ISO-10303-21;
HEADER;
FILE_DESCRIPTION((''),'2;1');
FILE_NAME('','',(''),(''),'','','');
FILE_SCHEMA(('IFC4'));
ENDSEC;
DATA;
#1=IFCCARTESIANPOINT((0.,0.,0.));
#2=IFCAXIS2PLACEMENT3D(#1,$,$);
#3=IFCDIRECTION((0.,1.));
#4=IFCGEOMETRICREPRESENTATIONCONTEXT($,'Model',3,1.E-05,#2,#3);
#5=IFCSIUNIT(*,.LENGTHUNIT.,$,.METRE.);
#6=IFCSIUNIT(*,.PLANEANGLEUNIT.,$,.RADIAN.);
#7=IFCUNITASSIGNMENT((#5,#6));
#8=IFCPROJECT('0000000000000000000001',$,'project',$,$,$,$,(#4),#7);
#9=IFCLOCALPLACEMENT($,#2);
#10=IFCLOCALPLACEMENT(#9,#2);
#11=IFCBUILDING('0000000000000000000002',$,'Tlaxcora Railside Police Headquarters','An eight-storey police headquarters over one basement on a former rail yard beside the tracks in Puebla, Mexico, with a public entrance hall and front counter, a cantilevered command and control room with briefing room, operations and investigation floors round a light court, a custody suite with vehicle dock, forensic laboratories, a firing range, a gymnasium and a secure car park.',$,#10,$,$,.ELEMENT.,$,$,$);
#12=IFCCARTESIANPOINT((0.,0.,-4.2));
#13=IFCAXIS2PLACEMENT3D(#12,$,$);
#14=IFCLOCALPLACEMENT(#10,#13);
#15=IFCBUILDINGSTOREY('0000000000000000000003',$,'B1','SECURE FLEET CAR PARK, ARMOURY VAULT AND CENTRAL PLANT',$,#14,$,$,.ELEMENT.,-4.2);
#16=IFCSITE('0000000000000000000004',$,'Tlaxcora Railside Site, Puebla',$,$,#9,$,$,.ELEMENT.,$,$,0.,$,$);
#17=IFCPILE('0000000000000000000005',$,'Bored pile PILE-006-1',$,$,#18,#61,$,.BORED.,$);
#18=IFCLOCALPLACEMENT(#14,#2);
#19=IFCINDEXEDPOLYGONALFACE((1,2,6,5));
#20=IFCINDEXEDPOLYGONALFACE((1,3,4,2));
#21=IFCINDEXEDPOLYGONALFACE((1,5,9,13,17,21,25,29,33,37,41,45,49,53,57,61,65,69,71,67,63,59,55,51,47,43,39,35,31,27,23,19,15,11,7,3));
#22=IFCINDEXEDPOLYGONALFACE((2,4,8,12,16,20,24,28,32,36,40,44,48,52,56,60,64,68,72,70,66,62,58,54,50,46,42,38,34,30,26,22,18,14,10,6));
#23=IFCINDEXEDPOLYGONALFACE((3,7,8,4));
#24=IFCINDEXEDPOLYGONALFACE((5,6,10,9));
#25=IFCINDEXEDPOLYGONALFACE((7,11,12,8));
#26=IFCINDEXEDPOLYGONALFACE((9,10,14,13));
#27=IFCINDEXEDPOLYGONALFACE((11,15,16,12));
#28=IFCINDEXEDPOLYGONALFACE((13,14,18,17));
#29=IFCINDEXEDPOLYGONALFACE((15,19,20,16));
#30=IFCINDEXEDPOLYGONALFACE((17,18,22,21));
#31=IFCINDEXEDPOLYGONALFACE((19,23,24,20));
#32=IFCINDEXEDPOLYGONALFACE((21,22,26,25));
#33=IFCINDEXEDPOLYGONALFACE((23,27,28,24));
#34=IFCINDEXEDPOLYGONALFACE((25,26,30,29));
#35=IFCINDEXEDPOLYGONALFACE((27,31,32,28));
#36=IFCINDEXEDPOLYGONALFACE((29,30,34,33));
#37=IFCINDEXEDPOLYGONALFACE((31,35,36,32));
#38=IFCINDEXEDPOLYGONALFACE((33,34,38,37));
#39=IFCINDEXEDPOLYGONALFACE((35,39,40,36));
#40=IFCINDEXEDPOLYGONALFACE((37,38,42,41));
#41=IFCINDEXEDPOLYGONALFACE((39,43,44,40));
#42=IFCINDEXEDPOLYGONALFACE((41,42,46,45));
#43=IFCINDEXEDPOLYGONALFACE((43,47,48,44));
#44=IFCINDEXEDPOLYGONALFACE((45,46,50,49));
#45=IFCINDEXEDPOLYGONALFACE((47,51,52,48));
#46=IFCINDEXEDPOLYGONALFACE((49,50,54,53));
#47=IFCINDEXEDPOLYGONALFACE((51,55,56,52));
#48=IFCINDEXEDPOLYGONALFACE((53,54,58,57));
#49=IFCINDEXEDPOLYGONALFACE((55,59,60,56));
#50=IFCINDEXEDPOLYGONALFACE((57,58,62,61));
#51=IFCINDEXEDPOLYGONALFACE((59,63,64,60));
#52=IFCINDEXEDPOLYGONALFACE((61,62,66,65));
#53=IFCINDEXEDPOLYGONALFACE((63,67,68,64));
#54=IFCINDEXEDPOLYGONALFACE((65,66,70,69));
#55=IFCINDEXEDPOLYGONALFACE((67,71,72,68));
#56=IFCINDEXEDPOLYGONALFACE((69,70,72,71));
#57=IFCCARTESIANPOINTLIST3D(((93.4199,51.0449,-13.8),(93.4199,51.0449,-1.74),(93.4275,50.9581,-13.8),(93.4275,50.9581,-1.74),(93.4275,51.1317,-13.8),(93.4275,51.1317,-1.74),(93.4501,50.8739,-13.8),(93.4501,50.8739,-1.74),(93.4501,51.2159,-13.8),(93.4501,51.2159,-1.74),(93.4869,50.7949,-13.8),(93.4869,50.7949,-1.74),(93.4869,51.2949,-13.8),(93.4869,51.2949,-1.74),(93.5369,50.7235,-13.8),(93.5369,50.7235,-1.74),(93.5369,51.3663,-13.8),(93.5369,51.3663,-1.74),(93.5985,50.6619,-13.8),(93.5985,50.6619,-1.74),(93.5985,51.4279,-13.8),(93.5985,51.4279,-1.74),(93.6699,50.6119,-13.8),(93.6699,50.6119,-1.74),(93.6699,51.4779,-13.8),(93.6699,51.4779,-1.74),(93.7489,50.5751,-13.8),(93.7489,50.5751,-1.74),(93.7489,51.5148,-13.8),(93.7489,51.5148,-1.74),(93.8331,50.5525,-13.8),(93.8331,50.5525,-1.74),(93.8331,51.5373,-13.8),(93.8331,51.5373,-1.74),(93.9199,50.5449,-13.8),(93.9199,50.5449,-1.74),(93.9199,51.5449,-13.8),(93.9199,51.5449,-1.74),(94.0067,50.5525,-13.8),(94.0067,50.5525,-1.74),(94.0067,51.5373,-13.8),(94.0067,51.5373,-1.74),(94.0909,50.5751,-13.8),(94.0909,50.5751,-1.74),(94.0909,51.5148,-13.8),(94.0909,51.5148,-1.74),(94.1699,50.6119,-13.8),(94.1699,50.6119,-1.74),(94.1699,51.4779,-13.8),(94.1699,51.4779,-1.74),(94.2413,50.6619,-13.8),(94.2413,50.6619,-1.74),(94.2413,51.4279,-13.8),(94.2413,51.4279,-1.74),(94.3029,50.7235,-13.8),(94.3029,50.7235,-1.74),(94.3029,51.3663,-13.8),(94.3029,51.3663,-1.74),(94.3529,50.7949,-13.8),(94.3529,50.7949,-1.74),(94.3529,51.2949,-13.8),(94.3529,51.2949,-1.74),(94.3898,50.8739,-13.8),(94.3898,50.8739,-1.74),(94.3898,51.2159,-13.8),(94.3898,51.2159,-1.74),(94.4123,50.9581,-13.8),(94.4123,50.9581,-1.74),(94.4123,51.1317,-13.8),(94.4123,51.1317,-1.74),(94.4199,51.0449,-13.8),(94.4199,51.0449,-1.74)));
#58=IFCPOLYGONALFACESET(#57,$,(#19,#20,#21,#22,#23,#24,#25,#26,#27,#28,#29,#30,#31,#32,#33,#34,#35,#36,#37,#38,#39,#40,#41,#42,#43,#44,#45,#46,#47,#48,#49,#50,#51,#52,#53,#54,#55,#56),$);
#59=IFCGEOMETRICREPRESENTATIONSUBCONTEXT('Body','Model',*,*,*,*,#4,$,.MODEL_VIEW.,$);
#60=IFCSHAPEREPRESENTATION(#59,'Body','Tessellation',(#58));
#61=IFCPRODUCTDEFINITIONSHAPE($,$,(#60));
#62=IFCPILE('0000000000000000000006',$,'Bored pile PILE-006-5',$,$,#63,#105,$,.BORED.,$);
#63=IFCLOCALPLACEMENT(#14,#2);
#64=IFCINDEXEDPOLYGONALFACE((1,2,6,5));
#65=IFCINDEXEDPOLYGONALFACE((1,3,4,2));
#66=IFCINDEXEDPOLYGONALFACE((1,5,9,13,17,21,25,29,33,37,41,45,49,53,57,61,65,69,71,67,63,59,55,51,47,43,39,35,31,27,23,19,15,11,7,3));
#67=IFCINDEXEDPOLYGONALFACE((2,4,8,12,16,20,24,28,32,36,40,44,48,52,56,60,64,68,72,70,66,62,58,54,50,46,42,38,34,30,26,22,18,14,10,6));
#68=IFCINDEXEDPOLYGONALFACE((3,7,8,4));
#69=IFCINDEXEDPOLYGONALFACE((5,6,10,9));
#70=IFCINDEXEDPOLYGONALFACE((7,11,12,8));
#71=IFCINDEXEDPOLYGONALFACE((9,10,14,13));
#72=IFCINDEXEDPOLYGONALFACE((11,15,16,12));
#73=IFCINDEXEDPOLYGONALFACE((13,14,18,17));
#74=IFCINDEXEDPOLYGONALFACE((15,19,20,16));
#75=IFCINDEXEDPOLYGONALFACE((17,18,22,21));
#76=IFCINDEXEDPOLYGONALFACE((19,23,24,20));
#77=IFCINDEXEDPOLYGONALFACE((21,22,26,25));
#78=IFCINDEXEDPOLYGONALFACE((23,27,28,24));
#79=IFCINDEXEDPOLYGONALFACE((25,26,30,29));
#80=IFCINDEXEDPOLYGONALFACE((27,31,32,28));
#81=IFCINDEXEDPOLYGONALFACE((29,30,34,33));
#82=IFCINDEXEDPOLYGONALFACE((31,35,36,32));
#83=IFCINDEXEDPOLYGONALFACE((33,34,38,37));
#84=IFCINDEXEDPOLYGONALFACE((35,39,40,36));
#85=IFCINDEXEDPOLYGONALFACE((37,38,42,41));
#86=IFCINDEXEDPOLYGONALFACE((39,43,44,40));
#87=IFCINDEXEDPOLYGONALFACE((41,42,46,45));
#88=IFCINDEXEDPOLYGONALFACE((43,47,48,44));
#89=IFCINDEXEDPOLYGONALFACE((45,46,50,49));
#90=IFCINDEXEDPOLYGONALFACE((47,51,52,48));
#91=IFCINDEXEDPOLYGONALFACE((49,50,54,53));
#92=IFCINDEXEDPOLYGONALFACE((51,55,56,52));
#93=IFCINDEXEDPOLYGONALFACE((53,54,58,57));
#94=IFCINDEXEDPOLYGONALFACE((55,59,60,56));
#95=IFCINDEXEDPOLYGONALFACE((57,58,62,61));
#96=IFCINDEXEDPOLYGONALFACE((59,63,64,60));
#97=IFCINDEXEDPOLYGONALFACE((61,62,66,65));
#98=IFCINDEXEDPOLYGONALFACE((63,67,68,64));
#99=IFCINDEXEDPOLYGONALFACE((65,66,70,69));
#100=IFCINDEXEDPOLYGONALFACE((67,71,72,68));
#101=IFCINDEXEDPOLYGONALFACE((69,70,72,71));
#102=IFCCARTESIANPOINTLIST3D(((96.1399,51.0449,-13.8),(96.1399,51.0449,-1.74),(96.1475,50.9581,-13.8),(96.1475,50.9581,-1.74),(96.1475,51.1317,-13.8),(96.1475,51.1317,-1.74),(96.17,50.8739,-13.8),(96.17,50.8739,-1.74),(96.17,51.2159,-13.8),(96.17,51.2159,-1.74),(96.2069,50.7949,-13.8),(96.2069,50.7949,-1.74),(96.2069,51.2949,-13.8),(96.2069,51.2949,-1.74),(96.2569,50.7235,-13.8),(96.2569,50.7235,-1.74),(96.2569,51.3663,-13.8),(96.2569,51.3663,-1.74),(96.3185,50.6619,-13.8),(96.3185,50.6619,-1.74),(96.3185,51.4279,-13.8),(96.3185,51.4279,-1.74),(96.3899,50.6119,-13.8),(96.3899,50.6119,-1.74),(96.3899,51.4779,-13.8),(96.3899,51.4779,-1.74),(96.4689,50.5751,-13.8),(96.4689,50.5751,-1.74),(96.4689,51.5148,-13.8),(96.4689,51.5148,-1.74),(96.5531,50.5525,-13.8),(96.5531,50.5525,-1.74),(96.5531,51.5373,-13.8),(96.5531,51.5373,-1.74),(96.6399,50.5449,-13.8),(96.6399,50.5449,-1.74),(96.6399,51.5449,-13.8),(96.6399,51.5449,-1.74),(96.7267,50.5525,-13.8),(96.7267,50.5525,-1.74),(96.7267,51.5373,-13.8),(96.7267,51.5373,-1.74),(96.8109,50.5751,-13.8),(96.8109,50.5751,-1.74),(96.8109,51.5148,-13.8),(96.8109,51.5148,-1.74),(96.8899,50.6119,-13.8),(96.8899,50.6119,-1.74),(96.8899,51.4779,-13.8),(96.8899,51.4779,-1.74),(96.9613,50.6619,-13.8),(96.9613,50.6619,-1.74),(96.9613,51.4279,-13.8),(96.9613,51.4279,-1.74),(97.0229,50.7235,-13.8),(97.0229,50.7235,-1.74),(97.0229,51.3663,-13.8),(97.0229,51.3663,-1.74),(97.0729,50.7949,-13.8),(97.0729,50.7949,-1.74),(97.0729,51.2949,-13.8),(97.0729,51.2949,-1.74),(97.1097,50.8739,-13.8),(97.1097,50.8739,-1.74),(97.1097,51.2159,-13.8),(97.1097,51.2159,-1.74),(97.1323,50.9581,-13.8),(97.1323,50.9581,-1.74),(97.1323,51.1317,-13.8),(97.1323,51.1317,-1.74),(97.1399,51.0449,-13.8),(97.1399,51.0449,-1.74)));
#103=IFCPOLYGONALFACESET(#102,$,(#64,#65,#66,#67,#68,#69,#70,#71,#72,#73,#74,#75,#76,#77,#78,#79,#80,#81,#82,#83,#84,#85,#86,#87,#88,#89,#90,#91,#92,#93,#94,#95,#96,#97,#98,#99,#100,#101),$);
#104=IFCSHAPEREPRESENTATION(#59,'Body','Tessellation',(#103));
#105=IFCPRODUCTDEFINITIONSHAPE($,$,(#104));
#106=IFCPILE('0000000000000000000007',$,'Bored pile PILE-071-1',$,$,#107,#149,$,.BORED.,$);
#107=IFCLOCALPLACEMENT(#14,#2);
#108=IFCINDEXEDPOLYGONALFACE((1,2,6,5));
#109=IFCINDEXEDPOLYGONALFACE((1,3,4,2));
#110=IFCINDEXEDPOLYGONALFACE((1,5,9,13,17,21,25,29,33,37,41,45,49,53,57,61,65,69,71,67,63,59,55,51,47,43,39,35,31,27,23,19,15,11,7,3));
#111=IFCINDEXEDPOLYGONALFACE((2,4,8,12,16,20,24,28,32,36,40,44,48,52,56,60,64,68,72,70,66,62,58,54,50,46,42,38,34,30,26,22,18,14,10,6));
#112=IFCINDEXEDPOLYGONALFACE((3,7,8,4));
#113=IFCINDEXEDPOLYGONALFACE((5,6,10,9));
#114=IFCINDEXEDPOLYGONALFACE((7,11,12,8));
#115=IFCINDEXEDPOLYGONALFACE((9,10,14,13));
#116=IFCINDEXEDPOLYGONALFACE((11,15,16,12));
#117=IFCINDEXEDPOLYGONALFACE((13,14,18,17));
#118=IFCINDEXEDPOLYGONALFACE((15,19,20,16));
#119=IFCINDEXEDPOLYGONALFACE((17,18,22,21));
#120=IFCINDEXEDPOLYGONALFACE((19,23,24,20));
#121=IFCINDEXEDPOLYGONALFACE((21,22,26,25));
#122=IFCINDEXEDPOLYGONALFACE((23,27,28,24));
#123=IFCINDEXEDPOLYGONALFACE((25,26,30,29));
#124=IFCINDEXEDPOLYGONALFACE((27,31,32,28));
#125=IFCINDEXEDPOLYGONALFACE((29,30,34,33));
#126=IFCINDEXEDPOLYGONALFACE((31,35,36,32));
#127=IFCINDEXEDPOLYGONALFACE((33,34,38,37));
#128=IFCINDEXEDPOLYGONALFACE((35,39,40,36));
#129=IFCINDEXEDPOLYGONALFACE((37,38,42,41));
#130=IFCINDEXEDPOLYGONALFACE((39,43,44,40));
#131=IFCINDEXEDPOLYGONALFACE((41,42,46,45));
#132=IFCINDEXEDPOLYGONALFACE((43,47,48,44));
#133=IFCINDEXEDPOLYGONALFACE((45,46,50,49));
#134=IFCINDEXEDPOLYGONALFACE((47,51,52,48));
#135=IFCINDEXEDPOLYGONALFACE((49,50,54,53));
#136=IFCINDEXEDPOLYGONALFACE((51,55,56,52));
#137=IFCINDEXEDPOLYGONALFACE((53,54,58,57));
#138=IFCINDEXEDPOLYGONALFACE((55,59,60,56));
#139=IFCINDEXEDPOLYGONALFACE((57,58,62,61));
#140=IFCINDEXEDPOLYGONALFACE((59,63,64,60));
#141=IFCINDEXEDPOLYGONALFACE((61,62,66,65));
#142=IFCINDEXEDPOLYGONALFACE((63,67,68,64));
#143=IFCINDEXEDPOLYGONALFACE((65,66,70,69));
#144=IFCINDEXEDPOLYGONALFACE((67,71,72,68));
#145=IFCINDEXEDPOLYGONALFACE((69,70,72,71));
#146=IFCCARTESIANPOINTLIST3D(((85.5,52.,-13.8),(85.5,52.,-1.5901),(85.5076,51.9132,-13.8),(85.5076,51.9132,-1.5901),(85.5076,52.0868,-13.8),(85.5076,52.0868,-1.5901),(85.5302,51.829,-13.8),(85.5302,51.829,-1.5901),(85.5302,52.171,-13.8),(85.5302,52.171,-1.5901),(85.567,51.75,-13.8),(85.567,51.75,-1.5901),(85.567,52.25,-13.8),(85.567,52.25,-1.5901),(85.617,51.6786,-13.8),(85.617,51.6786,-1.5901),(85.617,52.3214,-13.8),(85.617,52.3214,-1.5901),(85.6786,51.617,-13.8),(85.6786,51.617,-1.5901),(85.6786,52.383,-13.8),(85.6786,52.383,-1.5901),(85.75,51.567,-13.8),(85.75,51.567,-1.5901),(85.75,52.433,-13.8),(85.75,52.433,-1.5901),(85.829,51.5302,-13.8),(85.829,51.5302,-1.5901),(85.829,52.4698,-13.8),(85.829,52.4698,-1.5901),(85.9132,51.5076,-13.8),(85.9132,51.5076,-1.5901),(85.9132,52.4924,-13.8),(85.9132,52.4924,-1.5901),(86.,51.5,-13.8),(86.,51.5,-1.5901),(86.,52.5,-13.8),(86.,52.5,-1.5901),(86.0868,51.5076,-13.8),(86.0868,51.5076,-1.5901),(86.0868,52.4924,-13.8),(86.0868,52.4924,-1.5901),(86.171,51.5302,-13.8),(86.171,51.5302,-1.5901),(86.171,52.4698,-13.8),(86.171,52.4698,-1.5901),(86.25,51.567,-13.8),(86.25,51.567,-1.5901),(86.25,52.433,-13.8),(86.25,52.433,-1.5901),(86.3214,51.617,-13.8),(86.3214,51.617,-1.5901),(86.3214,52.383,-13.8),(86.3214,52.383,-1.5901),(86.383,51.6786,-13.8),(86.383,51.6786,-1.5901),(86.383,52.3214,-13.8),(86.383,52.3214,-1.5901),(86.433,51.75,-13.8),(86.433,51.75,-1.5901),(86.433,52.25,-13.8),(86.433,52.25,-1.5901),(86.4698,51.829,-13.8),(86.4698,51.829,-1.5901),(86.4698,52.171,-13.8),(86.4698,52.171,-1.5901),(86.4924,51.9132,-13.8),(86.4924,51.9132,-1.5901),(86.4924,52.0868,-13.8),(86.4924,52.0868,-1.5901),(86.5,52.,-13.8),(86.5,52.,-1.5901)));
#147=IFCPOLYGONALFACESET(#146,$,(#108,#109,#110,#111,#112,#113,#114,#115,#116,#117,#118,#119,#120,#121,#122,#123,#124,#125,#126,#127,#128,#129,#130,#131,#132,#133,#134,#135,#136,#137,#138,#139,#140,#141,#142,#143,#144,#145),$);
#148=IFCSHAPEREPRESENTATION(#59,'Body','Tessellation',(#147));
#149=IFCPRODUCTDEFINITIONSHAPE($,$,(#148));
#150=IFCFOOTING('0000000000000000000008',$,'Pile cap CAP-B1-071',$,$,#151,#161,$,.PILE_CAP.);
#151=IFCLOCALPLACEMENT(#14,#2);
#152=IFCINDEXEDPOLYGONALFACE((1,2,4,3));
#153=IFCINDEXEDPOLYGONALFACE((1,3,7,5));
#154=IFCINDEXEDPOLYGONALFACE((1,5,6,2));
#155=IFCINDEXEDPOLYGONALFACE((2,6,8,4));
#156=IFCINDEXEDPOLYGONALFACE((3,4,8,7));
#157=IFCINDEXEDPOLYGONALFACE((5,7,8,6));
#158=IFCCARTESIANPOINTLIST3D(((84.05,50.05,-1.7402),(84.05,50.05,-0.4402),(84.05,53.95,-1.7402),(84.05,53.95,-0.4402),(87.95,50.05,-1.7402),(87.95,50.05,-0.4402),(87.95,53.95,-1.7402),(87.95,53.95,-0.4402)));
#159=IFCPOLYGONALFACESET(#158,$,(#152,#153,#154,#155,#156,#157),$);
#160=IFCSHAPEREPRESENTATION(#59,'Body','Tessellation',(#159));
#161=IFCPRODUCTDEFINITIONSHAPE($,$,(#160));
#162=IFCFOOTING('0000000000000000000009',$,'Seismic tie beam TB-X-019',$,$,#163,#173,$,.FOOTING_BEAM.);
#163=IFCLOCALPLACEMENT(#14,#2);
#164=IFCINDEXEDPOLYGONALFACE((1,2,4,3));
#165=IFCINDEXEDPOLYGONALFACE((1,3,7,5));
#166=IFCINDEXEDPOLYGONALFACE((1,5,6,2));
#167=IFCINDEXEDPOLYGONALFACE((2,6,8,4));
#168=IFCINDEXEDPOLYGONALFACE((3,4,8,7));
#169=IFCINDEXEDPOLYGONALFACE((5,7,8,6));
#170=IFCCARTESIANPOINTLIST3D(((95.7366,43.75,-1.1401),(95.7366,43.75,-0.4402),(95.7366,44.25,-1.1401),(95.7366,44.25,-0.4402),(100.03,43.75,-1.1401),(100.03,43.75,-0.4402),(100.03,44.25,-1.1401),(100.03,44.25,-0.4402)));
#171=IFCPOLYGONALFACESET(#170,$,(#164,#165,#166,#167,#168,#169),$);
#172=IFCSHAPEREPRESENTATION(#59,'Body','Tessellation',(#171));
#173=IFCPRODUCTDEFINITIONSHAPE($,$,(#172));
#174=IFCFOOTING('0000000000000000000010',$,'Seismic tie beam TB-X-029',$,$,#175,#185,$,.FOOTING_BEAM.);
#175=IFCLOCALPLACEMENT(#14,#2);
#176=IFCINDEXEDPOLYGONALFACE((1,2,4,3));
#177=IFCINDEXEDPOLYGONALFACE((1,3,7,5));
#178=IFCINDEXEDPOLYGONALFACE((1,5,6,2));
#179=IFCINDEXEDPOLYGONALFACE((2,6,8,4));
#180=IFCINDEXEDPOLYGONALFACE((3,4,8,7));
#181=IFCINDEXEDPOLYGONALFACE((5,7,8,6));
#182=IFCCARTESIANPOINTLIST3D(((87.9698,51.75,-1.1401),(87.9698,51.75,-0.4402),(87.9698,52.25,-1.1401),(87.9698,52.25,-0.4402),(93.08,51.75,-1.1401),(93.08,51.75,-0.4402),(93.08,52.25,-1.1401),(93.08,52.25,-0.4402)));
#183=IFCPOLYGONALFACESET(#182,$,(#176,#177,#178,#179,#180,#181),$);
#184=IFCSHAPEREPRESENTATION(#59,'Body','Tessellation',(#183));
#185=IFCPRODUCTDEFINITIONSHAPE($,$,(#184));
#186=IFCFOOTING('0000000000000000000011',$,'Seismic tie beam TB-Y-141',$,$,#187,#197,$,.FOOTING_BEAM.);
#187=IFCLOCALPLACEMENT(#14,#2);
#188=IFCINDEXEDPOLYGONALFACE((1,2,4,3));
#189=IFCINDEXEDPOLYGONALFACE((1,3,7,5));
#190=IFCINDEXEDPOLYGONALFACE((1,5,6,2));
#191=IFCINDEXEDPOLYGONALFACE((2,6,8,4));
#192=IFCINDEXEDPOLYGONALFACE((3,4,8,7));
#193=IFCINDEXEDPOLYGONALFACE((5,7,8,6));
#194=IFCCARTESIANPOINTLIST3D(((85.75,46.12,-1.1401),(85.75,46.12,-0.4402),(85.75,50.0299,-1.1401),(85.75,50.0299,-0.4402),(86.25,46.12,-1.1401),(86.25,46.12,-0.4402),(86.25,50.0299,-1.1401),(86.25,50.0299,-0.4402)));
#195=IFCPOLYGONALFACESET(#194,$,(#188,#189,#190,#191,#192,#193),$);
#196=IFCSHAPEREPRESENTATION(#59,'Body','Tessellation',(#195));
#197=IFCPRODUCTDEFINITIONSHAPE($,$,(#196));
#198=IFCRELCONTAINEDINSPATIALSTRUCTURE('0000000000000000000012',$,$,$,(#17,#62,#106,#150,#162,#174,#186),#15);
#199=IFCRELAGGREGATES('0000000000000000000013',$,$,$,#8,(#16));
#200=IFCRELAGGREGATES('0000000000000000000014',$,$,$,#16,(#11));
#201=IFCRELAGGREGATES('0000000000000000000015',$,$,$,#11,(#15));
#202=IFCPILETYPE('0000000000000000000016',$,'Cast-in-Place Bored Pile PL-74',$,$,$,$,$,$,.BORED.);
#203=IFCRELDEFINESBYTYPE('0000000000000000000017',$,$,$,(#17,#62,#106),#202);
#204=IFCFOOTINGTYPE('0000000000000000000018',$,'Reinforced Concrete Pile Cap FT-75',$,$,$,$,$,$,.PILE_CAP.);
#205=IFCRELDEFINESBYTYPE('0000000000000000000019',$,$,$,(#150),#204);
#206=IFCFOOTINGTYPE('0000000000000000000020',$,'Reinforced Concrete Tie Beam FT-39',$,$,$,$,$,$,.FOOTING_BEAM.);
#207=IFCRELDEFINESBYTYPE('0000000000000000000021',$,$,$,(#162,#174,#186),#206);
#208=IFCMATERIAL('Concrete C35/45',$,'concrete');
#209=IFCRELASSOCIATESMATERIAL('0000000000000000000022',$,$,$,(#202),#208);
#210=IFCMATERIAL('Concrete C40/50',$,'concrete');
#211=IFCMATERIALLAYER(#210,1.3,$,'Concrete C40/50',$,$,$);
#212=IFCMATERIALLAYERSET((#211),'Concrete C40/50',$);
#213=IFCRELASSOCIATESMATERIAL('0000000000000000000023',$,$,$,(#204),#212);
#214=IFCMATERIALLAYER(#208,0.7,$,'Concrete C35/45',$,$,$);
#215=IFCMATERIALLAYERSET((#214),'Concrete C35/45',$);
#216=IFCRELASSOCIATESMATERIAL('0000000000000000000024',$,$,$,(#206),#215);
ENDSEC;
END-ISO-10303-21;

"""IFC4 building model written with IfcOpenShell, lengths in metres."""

from ifc_helpers import new_model, si_unit, direction, frame, origin, origin_2d, place, context, subcontext, project, spatial, rectangle, circle, extrude, material, layer, layer_set, material_profile, profile_set, type_object, element, save


model = new_model("IFC4")

# Units and contexts
model_context = context("Model", 3, precision=1e-05, world=origin(), true_north=direction((0.0, 1.0)))
body_context = subcontext(model_context, "Body", "Model", "MODEL_VIEW")
ifc_project = project(units=[si_unit("LENGTHUNIT", "METRE"), si_unit("PLANEANGLEUNIT", "RADIAN")], contexts=[model_context])

# Site, building, storey
site_placement = place(None, origin())
site = spatial("IfcSite", under=ifc_project, at=site_placement, Name="Tlaxcora Railside Site, Puebla", CompositionType="ELEMENT", RefElevation=0.0)
building_placement = place(site_placement, origin())
building = spatial("IfcBuilding", under=site, at=building_placement, Name="Tlaxcora Railside Police Headquarters", Description="An eight-storey police headquarters over one basement on a former rail yard beside the tracks in Puebla, Mexico, with a public entrance hall and front counter, a cantilevered command and control room with briefing room, operations and investigation floors round a light court, a custody suite with vehicle dock, forensic laboratories, a firing range, a gymnasium and a secure car park.", CompositionType="ELEMENT")
storey_placement = place(building_placement, frame((0.0, 0.0, -4.2)))
storey = spatial("IfcBuildingStorey", under=building, at=storey_placement, Name="B1", Description="SECURE FLEET CAR PARK, ARMOURY VAULT AND CENTRAL PLANT", CompositionType="ELEMENT", Elevation=-4.2)

# Piles
ifc_material_1 = material(Name="Concrete C35/45", Category="concrete")
ifc_material_profile_1 = material_profile(ifc_material_1, circle(Radius=0.5, at=origin_2d()), Name="PILE1000")
ifc_profile_set_1 = profile_set([ifc_material_profile_1], Name="Concrete C35/45")
pile_type = type_object("IfcPileType", Name="Cast-in-Place Bored Pile PL-74", PredefinedType="BORED", material=ifc_profile_set_1)
for number, where, z_axis, x_axis, name in (
    (1, (93.9199, 51.0449, -1.74), (0.0, 0.0, -1.0), (1.0, 0.0, 0.0), "Bored pile PILE-006-1"),
    (2, (96.6399, 51.0449, -1.74), (0.0, 0.0, -1.0), (1.0, 0.0, 0.0), "Bored pile PILE-006-5"),
):
    element("IfcPile", number, at=place(storey_placement, frame(where, z_axis=z_axis, x_axis=x_axis)), inside=storey, type_object=pile_type, Name=name, PredefinedType="BORED", context=body_context, shape_type="SweptSolid", body=[
        extrude(circle(Radius=0.5, at=origin_2d()), origin(), (0.0, 0.0, 1.0), 12.0601),
    ])
pile_placement = place(storey_placement, frame((86.0, 52.0, -1.5901), z_axis=(0.0, 0.0, -1.0), x_axis=(1.0, 0.0, 0.0)))
element("IfcPile", 3, at=pile_placement, inside=storey, type_object=pile_type, Name="Bored pile PILE-071-1", PredefinedType="BORED", context=body_context, shape_type="SweptSolid", body=[
    extrude(circle(Radius=0.5, at=origin_2d()), origin(), (0.0, 0.0, 1.0), 12.21),
])

# Footings
ifc_material_2 = material(Name="Concrete C40/50", Category="concrete")
ifc_layer_1 = layer(ifc_material_2, 1.3, Name="Concrete C40/50")
ifc_layer_set_1 = layer_set([ifc_layer_1], Name="Concrete C40/50")
footing_type_1 = type_object("IfcFootingType", Name="Reinforced Concrete Pile Cap FT-75", PredefinedType="PILE_CAP", material=ifc_layer_set_1)
footing_1_placement = place(storey_placement, frame((86.0, 52.0, -1.7402), z_axis=(0.0, 0.0, 1.0), x_axis=(1.0, 0.0, 0.0)))
element("IfcFooting", 4, at=footing_1_placement, inside=storey, type_object=footing_type_1, Name="Pile cap CAP-B1-071", PredefinedType="PILE_CAP", context=body_context, shape_type="SweptSolid", body=[
    extrude(rectangle(XDim=3.8999, YDim=3.8999, at=origin_2d()), origin(), (0.0, 0.0, 1.0), 1.3),
])
ifc_layer_2 = layer(ifc_material_1, 0.7, Name="Concrete C35/45")
ifc_layer_set_2 = layer_set([ifc_layer_2], Name="Concrete C35/45")
footing_type_2 = type_object("IfcFootingType", Name="Reinforced Concrete Tie Beam FT-39", PredefinedType="FOOTING_BEAM", material=ifc_layer_set_2)
footing_2_placement = place(storey_placement, frame((97.8833, 44.0, -1.1401), z_axis=(0.0, 0.0, 1.0), x_axis=(1.0, 0.0, 0.0)))
element("IfcFooting", 5, at=footing_2_placement, inside=storey, type_object=footing_type_2, Name="Seismic tie beam TB-X-019", PredefinedType="FOOTING_BEAM", context=body_context, shape_type="SweptSolid", body=[
    extrude(rectangle(XDim=4.2935, YDim=0.5, at=origin_2d()), origin(), (0.0, 0.0, 1.0), 0.7),
])
footing_3_placement = place(storey_placement, frame((90.5249, 52.0, -1.1401), z_axis=(0.0, 0.0, 1.0), x_axis=(1.0, 0.0, 0.0)))
element("IfcFooting", 6, at=footing_3_placement, inside=storey, type_object=footing_type_2, Name="Seismic tie beam TB-X-029", PredefinedType="FOOTING_BEAM", context=body_context, shape_type="SweptSolid", body=[
    extrude(rectangle(XDim=5.1101, YDim=0.5, at=origin_2d()), origin(), (0.0, 0.0, 1.0), 0.7),
])
footing_4_placement = place(storey_placement, frame((86.0, 48.075, -1.1401), z_axis=(0.0, 0.0, 1.0), x_axis=(0.0, 1.0, 0.0)))
element("IfcFooting", 7, at=footing_4_placement, inside=storey, type_object=footing_type_2, Name="Seismic tie beam TB-Y-141", PredefinedType="FOOTING_BEAM", context=body_context, shape_type="SweptSolid", body=[
    extrude(rectangle(XDim=3.9099, YDim=0.5, at=origin_2d()), origin(), (0.0, 0.0, 1.0), 0.7),
])

save(model, "model.ifc")
